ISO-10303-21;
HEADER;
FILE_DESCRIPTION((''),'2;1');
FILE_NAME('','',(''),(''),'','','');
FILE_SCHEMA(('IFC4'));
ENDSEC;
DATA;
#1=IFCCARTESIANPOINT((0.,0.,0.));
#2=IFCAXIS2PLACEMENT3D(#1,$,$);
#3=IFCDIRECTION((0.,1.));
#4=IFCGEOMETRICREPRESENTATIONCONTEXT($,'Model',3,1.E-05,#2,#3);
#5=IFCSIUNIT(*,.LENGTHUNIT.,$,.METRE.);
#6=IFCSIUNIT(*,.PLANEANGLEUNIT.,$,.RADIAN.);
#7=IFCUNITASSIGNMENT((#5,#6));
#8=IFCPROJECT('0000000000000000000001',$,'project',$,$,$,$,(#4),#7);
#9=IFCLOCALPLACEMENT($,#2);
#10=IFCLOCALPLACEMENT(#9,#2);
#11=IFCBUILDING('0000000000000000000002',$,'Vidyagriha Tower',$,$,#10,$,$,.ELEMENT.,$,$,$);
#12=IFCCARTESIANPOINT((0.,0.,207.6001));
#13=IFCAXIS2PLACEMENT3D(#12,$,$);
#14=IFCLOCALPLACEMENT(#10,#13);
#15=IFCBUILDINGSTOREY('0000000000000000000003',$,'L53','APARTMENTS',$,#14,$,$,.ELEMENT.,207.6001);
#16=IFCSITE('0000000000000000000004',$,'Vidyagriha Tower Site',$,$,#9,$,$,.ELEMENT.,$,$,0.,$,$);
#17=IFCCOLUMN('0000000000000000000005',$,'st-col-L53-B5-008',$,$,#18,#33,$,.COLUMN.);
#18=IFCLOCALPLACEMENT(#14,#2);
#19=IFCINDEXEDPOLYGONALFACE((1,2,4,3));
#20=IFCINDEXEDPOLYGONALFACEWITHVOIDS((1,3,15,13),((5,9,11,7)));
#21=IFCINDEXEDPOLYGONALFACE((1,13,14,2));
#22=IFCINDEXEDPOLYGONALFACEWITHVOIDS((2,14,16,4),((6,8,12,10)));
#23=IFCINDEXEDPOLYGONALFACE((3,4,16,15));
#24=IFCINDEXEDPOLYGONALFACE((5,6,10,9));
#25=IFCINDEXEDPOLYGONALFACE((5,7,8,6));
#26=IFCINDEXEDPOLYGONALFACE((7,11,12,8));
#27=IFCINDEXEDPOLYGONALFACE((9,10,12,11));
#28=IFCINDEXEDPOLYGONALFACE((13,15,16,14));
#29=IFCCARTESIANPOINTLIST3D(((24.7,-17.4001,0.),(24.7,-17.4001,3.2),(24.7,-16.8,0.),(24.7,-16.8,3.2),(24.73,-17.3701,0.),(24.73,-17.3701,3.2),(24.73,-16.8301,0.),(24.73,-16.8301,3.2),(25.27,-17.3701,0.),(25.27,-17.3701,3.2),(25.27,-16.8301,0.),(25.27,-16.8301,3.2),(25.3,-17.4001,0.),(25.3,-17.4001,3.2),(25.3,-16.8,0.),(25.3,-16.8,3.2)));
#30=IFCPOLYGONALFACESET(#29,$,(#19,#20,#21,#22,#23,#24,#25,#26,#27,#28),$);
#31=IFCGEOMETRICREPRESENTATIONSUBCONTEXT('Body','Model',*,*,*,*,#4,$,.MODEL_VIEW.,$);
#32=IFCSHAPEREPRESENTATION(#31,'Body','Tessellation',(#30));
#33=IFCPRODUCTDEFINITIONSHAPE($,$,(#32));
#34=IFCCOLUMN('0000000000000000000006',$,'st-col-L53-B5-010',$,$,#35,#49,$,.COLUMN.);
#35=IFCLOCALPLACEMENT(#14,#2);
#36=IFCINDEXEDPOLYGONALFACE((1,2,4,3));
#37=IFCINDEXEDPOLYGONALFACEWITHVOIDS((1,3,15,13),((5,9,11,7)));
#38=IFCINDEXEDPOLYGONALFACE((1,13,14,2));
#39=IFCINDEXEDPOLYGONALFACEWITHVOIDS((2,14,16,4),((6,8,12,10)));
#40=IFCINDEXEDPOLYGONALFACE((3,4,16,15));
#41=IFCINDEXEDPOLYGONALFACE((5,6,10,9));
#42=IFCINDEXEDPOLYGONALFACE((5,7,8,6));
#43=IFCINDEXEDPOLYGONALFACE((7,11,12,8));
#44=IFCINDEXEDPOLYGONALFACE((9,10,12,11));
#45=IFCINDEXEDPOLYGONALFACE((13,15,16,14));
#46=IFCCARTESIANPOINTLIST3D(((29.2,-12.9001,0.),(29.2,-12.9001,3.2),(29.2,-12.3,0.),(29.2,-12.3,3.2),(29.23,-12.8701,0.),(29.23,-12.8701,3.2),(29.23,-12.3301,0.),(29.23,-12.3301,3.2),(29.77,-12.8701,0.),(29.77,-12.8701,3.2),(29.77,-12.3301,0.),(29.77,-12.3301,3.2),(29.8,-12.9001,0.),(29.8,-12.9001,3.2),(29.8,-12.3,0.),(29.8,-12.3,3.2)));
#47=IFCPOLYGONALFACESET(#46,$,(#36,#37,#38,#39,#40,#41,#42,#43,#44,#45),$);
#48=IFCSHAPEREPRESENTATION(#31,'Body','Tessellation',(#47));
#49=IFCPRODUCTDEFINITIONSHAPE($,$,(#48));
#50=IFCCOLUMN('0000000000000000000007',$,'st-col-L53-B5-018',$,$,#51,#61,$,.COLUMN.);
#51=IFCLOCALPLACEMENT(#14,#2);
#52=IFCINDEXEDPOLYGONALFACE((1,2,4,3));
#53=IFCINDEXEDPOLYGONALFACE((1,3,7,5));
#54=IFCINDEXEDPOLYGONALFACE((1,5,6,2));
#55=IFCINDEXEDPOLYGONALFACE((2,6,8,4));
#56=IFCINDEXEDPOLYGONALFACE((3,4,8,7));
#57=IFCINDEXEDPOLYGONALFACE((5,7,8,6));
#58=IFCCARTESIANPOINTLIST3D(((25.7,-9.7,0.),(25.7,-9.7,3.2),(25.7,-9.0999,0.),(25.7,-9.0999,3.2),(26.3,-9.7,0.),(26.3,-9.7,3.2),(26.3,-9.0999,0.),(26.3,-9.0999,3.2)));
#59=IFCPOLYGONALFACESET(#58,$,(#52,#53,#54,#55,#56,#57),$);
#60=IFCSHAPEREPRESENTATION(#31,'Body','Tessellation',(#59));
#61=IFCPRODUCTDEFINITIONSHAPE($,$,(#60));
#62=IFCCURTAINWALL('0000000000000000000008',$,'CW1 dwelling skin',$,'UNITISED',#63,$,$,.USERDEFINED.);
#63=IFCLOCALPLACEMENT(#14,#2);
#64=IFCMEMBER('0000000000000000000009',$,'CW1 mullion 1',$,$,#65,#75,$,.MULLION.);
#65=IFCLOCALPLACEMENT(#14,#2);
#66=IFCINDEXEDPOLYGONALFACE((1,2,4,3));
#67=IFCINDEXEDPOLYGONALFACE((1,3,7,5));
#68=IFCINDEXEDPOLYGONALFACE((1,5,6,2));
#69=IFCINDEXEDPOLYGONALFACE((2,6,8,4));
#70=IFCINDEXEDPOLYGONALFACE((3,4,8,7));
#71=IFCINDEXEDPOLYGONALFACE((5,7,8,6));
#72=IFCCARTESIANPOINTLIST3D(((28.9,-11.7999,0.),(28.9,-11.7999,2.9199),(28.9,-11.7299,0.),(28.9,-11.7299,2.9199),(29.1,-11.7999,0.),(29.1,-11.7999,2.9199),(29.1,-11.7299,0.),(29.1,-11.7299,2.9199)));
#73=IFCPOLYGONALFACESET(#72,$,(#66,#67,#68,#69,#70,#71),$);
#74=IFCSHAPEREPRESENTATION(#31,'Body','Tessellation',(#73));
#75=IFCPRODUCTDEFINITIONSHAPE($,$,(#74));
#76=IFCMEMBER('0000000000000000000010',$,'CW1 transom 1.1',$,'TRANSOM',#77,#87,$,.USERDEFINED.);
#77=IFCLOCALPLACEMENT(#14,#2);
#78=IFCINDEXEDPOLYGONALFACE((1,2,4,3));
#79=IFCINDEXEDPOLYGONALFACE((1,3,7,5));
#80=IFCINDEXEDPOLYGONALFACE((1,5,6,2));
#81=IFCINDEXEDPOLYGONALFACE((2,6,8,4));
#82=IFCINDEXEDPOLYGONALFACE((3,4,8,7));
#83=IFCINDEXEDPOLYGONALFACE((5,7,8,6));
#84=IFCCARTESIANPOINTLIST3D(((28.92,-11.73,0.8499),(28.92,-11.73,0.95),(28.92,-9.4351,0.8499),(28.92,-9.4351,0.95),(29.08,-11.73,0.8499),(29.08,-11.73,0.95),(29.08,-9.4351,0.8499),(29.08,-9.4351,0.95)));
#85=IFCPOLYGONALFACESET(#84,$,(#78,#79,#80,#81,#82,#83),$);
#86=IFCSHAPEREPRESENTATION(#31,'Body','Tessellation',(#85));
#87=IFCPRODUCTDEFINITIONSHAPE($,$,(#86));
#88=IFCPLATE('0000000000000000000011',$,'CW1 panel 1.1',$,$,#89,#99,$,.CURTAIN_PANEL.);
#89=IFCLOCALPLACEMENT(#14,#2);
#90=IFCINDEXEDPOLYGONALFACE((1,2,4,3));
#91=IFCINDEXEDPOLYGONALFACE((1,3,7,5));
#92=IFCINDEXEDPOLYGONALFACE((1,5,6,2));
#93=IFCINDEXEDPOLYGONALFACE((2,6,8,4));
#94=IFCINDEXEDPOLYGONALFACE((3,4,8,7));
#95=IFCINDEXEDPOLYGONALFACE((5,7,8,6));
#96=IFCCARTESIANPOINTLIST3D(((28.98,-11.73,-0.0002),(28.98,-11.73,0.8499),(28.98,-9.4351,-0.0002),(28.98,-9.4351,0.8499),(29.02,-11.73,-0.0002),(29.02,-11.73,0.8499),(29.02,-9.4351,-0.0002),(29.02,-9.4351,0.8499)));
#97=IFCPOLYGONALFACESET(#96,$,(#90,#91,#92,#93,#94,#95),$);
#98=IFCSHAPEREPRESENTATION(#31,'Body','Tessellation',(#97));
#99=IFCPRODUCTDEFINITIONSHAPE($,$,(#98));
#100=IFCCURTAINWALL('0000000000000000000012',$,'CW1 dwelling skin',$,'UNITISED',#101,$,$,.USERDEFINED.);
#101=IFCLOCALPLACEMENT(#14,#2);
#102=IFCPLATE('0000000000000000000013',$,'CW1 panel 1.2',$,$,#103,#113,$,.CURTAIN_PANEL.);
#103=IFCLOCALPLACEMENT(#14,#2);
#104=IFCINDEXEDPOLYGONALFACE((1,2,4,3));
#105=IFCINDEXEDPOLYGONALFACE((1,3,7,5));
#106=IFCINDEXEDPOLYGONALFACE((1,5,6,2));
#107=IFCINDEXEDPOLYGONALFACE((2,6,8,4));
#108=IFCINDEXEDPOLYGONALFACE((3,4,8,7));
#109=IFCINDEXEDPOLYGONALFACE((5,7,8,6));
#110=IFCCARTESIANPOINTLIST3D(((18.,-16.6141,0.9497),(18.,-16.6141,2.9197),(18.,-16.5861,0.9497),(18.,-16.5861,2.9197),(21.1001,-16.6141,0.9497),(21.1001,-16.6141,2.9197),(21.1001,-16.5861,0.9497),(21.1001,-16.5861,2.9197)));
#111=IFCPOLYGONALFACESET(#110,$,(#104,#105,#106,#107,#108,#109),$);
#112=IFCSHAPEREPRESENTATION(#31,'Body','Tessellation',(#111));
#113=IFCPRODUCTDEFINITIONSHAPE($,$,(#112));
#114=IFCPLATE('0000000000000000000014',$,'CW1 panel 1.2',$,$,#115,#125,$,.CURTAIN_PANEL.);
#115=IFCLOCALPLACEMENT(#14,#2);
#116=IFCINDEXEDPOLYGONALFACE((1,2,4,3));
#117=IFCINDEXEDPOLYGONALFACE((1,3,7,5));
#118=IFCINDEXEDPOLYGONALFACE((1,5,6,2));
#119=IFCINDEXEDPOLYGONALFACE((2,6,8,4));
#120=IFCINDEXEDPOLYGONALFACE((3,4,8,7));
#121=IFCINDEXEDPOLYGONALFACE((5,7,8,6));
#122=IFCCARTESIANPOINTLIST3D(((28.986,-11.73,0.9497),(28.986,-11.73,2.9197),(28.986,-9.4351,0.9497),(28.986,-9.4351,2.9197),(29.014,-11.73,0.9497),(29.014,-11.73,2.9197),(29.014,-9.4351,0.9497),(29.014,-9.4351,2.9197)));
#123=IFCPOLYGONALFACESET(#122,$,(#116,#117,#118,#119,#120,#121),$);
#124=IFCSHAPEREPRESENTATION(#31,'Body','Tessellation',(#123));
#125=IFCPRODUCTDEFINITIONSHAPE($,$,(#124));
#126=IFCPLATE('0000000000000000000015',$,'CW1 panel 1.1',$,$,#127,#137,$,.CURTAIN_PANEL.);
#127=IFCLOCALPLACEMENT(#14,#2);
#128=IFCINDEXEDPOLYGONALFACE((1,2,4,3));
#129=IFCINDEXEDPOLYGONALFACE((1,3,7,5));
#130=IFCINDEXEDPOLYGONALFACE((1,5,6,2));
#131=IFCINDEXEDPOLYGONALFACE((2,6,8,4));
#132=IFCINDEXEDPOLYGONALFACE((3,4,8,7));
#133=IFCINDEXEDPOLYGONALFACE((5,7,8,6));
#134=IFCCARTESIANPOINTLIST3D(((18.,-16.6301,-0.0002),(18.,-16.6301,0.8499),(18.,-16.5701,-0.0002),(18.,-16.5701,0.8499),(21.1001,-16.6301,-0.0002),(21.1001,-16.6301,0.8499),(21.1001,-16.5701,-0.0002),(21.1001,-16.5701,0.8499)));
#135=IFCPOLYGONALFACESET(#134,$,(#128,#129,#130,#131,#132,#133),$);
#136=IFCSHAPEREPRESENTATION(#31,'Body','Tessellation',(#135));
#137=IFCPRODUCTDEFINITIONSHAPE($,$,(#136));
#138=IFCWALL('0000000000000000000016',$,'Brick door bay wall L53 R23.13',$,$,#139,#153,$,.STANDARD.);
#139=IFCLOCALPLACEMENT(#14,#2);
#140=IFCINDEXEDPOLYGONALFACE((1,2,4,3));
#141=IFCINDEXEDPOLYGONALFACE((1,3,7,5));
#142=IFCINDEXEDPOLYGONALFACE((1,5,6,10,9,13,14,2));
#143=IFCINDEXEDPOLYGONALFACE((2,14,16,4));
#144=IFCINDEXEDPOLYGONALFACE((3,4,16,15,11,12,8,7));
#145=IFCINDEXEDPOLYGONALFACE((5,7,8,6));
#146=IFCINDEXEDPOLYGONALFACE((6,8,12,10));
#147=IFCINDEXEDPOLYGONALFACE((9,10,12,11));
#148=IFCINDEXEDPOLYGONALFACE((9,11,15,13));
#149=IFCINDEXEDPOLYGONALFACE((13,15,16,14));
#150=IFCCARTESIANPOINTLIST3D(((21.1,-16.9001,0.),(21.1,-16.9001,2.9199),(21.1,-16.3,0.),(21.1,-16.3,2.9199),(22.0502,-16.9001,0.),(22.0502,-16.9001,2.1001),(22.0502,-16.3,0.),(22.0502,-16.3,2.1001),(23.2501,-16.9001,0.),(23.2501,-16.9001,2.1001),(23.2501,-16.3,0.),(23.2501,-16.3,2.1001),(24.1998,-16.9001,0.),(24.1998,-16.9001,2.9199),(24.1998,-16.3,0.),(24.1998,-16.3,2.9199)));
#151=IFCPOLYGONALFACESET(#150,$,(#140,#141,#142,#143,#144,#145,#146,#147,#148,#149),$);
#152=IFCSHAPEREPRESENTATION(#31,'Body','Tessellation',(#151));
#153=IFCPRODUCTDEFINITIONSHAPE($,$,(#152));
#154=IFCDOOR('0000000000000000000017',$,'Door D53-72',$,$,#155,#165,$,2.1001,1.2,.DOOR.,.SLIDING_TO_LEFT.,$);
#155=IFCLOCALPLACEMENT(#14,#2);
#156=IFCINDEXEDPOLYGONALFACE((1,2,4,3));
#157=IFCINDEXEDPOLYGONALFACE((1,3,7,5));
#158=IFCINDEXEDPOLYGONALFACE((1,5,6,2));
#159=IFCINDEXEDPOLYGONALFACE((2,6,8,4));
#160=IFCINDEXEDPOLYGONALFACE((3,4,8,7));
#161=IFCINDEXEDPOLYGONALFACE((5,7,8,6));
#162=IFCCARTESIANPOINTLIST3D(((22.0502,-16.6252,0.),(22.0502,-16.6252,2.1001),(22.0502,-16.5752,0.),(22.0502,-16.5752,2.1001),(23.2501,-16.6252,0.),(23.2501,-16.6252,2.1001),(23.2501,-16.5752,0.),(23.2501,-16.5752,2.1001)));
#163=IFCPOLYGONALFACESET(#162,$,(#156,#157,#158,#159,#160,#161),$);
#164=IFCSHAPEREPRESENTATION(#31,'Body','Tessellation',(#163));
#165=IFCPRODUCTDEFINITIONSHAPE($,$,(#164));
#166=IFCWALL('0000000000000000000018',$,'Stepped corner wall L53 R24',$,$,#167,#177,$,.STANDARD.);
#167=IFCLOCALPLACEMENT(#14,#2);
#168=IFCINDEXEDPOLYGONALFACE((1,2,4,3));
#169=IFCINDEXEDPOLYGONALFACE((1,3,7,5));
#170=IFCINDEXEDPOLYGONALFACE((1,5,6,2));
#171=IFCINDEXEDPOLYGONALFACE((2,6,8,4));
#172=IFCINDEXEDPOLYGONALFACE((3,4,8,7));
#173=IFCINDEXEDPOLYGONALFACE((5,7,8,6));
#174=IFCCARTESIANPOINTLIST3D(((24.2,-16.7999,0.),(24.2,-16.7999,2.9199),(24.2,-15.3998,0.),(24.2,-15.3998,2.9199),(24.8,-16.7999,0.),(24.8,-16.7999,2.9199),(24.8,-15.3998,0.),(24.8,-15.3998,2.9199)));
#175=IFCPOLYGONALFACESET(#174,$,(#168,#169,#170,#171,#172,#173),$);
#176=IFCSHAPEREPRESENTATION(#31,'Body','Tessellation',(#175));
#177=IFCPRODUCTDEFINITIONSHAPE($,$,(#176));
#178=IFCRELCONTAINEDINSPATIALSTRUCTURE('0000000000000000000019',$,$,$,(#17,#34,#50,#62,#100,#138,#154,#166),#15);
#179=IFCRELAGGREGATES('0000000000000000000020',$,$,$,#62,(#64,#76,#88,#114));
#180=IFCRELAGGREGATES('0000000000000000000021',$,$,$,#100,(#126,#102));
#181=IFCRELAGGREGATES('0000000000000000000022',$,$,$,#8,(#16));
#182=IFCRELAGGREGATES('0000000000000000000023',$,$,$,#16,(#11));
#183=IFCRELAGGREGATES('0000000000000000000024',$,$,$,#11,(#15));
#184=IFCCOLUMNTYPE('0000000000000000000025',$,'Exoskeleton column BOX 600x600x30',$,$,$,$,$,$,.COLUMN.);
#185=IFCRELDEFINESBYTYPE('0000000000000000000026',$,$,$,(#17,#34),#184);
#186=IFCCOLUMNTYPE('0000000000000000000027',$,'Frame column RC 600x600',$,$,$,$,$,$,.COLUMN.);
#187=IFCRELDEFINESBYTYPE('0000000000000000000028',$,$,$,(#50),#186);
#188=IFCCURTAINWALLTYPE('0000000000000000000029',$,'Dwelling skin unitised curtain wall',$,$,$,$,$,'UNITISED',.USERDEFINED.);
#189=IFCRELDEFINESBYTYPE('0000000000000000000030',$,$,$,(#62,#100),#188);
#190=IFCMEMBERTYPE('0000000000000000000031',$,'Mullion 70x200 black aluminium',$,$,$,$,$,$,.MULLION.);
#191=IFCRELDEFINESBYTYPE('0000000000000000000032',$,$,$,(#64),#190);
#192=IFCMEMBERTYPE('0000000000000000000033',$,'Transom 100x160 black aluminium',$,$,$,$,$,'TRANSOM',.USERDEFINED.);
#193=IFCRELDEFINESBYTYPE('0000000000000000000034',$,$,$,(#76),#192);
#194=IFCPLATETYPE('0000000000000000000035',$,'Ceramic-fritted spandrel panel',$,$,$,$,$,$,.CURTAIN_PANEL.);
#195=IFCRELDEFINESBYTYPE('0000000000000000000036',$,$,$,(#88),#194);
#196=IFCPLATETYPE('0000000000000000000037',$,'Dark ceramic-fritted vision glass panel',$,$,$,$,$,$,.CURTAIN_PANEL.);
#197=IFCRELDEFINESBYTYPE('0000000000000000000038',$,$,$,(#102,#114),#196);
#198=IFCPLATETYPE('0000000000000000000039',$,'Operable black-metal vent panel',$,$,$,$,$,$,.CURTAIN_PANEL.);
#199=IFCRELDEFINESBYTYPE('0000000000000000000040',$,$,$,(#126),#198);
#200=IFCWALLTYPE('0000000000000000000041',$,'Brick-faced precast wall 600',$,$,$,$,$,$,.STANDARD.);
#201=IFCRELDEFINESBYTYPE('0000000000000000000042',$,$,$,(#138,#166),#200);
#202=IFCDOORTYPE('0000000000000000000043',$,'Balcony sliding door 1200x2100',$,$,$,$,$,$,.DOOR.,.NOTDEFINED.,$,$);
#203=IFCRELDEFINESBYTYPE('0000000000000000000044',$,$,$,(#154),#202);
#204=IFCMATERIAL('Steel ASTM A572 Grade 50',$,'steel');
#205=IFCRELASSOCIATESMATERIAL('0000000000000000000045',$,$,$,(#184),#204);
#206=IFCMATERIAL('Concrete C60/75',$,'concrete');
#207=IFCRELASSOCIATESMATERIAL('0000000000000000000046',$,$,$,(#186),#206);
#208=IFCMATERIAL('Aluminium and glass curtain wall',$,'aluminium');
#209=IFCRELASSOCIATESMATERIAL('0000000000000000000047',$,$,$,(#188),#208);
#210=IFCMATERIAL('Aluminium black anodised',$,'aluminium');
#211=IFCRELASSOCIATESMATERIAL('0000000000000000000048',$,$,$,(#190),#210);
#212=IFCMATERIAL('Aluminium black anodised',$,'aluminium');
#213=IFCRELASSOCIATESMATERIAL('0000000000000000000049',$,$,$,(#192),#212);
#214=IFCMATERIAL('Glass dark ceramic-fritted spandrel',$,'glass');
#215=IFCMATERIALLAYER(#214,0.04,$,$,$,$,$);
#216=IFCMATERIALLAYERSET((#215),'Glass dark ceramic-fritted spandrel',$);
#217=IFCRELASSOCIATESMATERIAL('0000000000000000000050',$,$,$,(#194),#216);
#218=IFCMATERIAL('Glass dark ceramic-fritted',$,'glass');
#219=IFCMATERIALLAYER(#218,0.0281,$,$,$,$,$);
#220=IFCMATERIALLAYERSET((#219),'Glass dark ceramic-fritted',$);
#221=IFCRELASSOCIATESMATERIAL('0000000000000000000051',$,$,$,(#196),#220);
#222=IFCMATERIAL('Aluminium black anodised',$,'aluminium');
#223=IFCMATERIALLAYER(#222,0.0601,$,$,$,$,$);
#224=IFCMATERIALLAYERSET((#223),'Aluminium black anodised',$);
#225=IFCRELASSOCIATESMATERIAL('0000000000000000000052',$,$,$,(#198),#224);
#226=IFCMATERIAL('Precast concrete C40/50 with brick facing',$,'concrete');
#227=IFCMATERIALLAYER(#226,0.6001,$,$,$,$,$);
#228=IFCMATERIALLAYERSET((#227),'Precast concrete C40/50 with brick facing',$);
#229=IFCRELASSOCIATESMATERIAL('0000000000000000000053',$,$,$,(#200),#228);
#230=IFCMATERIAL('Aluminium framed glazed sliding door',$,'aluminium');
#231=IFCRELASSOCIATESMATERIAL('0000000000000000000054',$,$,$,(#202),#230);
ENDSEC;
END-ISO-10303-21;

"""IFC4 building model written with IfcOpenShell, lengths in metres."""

from ifc_helpers import new_model, si_unit, direction, frame, frame_2d, origin, origin_2d, place, context, subcontext, project, spatial, rectangle, hollow_rectangle, extrude, material, layer, layer_set, material_profile, profile_set, type_object, element, fill, aggregate, save


model = new_model("IFC4")

# Units and contexts
model_context = context("Model", 3, precision=1e-05, world=origin(), true_north=direction((0.0, 1.0)))
body_context = subcontext(model_context, "Body", "Model", "MODEL_VIEW")
ifc_project = project(units=[si_unit("LENGTHUNIT", "METRE"), si_unit("PLANEANGLEUNIT", "RADIAN")], contexts=[model_context])

# Site, building, storey
site_placement = place(None, origin())
site = spatial("IfcSite", under=ifc_project, at=site_placement, Name="Vidyagriha Tower Site", CompositionType="ELEMENT", RefElevation=0.0)
building_placement = place(site_placement, origin())
building = spatial("IfcBuilding", under=site, at=building_placement, Name="Vidyagriha Tower", CompositionType="ELEMENT")
storey_placement = place(building_placement, frame((0.0, 0.0, 207.6001)))
storey = spatial("IfcBuildingStorey", under=building, at=storey_placement, Name="L53", Description="APARTMENTS", CompositionType="ELEMENT", Elevation=207.6001)

# Columns
ifc_material_1 = material(Name="Steel ASTM A572 Grade 50", Category="steel")
ifc_material_profile_1 = material_profile(ifc_material_1, hollow_rectangle(XDim=0.6001, YDim=0.6001, WallThickness=0.03, at=origin_2d()), Name="BOX 600x600x30")
ifc_profile_set_1 = profile_set([ifc_material_profile_1], Name="Steel ASTM A572 Grade 50")
column_type_1 = type_object("IfcColumnType", Name="Exoskeleton column BOX 600x600x30", PredefinedType="COLUMN", material=ifc_profile_set_1)
for number, where, name in (
    (1, (25.0, -17.1001, 0.0), "st-col-L53-B5-008"),
    (2, (29.5, -12.6001, 0.0), "st-col-L53-B5-010"),
):
    element("IfcColumn", number, at=place(storey_placement, frame(where)), inside=storey, type_object=column_type_1, Name=name, PredefinedType="COLUMN", context=body_context, shape_type="SweptSolid", body=[
        extrude(hollow_rectangle(XDim=0.6001, YDim=0.6001, WallThickness=0.03, at=origin_2d()), origin(), (0.0, 0.0, 1.0), 3.2),
    ])
ifc_material_2 = material(Name="Concrete C60/75", Category="concrete")
ifc_material_profile_2 = material_profile(ifc_material_2, rectangle(XDim=0.6001, YDim=0.6001, at=origin_2d()), Name="RC 600x600")
ifc_profile_set_2 = profile_set([ifc_material_profile_2], Name="Concrete C60/75")
column_type_2 = type_object("IfcColumnType", Name="Frame column RC 600x600", PredefinedType="COLUMN", material=ifc_profile_set_2)
column_placement = place(storey_placement, frame((26.0, -9.3999, 0.0)))
element("IfcColumn", 3, at=column_placement, inside=storey, type_object=column_type_2, Name="st-col-L53-B5-018", PredefinedType="COLUMN", context=body_context, shape_type="SweptSolid", body=[
    extrude(rectangle(XDim=0.6001, YDim=0.6001, at=origin_2d()), origin(), (0.0, 0.0, 1.0), 3.2),
])

# Curtain wall, members, plate
ifc_material_3 = material(Name="Aluminium and glass curtain wall", Category="aluminium")
curtain_wall_type = type_object("IfcCurtainWallType", Name="Dwelling skin unitised curtain wall", ElementType="UNITISED", PredefinedType="USERDEFINED", material=ifc_material_3)
curtain_wall_1_placement = place(storey_placement, origin())
curtain_wall_1 = element("IfcCurtainWall", 4, at=curtain_wall_1_placement, inside=storey, type_object=curtain_wall_type, Name="CW1 dwelling skin", ObjectType="UNITISED", PredefinedType="USERDEFINED")
ifc_material_4 = material(Name="Aluminium black anodised", Category="aluminium")
ifc_material_profile_3 = material_profile(ifc_material_4, rectangle(XDim=0.2, YDim=0.0701, at=origin_2d()), Name="Mullion 70x200 black aluminium")
ifc_profile_set_3 = profile_set([ifc_material_profile_3], Name="Aluminium black anodised")
member_type_1 = type_object("IfcMemberType", Name="Mullion 70x200 black aluminium", PredefinedType="MULLION", material=ifc_profile_set_3)
member_1_placement = place(storey_placement, frame((29.0, -11.7649, 0.0), z_axis=(0.0, 0.0, 1.0), x_axis=(-1.0, 0.0, 0.0)))
member_1 = element("IfcMember", 5, at=member_1_placement, type_object=member_type_1, Name="CW1 mullion 1", PredefinedType="MULLION", context=body_context, shape_type="SweptSolid", body=[
    extrude(rectangle(XDim=0.2, YDim=0.0701, at=origin_2d()), origin(), (0.0, 0.0, 1.0), 2.9199),
])
ifc_material_5 = material(Name="Aluminium black anodised", Category="aluminium")
ifc_material_profile_4 = material_profile(ifc_material_5, rectangle(XDim=0.1599, YDim=0.1001, at=origin_2d()), Name="Transom 100x160 black aluminium")
ifc_profile_set_4 = profile_set([ifc_material_profile_4], Name="Aluminium black anodised")
member_type_2 = type_object("IfcMemberType", Name="Transom 100x160 black aluminium", ElementType="TRANSOM", PredefinedType="USERDEFINED", material=ifc_profile_set_4)
member_2_placement = place(storey_placement, frame((29.0, -11.73, 0.8999), z_axis=(0.0, 1.0, 0.0), x_axis=(-1.0, 0.0, 0.0)))
member_2 = element("IfcMember", 6, at=member_2_placement, type_object=member_type_2, Name="CW1 transom 1.1", ObjectType="TRANSOM", PredefinedType="USERDEFINED", context=body_context, shape_type="SweptSolid", body=[
    extrude(rectangle(XDim=0.1599, YDim=0.1001, at=origin_2d()), origin(), (0.0, 0.0, 1.0), 2.2949),
])
ifc_material_6 = material(Name="Glass dark ceramic-fritted spandrel", Category="glass")
ifc_layer_1 = layer(ifc_material_6, 0.04)
ifc_layer_set_1 = layer_set([ifc_layer_1], Name="Glass dark ceramic-fritted spandrel")
plate_type_1 = type_object("IfcPlateType", Name="Ceramic-fritted spandrel panel", PredefinedType="CURTAIN_PANEL", material=ifc_layer_set_1)
plate_1_placement = place(storey_placement, frame((29.0, -10.5825, -0.0002), z_axis=(0.0, 0.0, 1.0), x_axis=(0.0, 1.0, 0.0)))
plate_1 = element("IfcPlate", 7, at=plate_1_placement, type_object=plate_type_1, Name="CW1 panel 1.1", PredefinedType="CURTAIN_PANEL", context=body_context, shape_type="SweptSolid", body=[
    extrude(rectangle(XDim=2.2949, YDim=0.04, at=origin_2d()), origin(), (0.0, 0.0, 1.0), 0.8501),
])

# Curtain wall, plate
curtain_wall_2_placement = place(storey_placement, origin())
curtain_wall_2 = element("IfcCurtainWall", 8, at=curtain_wall_2_placement, inside=storey, type_object=curtain_wall_type, Name="CW1 dwelling skin", ObjectType="UNITISED", PredefinedType="USERDEFINED")
ifc_material_7 = material(Name="Glass dark ceramic-fritted", Category="glass")
ifc_layer_2 = layer(ifc_material_7, 0.0281)
ifc_layer_set_2 = layer_set([ifc_layer_2], Name="Glass dark ceramic-fritted")
plate_type_2 = type_object("IfcPlateType", Name="Dark ceramic-fritted vision glass panel", PredefinedType="CURTAIN_PANEL", material=ifc_layer_set_2)
plate_2_placement = place(storey_placement, frame((19.55, -16.6001, 0.9497)))
plate_2 = element("IfcPlate", 9, at=plate_2_placement, type_object=plate_type_2, Name="CW1 panel 1.2", PredefinedType="CURTAIN_PANEL", context=body_context, shape_type="SweptSolid", body=[
    extrude(rectangle(XDim=3.1001, YDim=0.0281, at=origin_2d()), origin(), (0.0, 0.0, 1.0), 1.97),
])

# Plates
plate_3_placement = place(storey_placement, frame((29.0, -10.5825, 0.9497), z_axis=(0.0, 0.0, 1.0), x_axis=(0.0, 1.0, 0.0)))
plate_3 = element("IfcPlate", 10, at=plate_3_placement, type_object=plate_type_2, Name="CW1 panel 1.2", PredefinedType="CURTAIN_PANEL", context=body_context, shape_type="SweptSolid", body=[
    extrude(rectangle(XDim=2.2949, YDim=0.0281, at=origin_2d()), origin(), (0.0, 0.0, 1.0), 1.97),
])
aggregate(curtain_wall_1, [member_1, member_2, plate_1, plate_3])
ifc_material_8 = material(Name="Aluminium black anodised", Category="aluminium")
ifc_layer_3 = layer(ifc_material_8, 0.0601)
ifc_layer_set_3 = layer_set([ifc_layer_3], Name="Aluminium black anodised")
plate_type_3 = type_object("IfcPlateType", Name="Operable black-metal vent panel", PredefinedType="CURTAIN_PANEL", material=ifc_layer_set_3)
plate_4_placement = place(storey_placement, frame((19.55, -16.6001, -0.0002)))
plate_4 = element("IfcPlate", 11, at=plate_4_placement, type_object=plate_type_3, Name="CW1 panel 1.1", PredefinedType="CURTAIN_PANEL", context=body_context, shape_type="SweptSolid", body=[
    extrude(rectangle(XDim=3.1001, YDim=0.0601, at=origin_2d()), origin(), (0.0, 0.0, 1.0), 0.8501),
])
aggregate(curtain_wall_2, [plate_4, plate_2])

# Wall, opening, door
ifc_material_9 = material(Name="Precast concrete C40/50 with brick facing", Category="concrete")
ifc_layer_4 = layer(ifc_material_9, 0.6001)
ifc_layer_set_4 = layer_set([ifc_layer_4], Name="Precast concrete C40/50 with brick facing")
wall_type_1 = type_object("IfcWallType", Name="Brick-faced precast wall 600", PredefinedType="STANDARD", material=ifc_layer_set_4)
wall_1_placement = place(storey_placement, frame((21.1001, -16.6001, 0.0)))
wall_1 = element("IfcWall", 12, at=wall_1_placement, inside=storey, type_object=wall_type_1, Name="Brick door bay wall L53 R23.13", PredefinedType="STANDARD", context=body_context, shape_type="SweptSolid", body=[
    extrude(rectangle(XDim=3.0999, YDim=0.6001, at=frame_2d((1.5498, 0.0))), origin(), (0.0, 0.0, 1.0), 2.9199),
])
opening_1_placement = place(wall_1_placement, frame((0.95, 0.0, 0.0)))
opening_1 = element("IfcOpeningElement", 13, at=opening_1_placement, cuts=wall_1, PredefinedType="OPENING", context=body_context, shape_type="SweptSolid", body=[
    extrude(rectangle(XDim=1.2, YDim=2.1001, at=frame_2d((0.6001, 1.05))), frame((0.0, 0.3101, 0.0), z_axis=(0.0, -1.0, 0.0), x_axis=(1.0, 0.0, 0.0)), (0.0, 0.0, 1.0), 0.6201),
])
ifc_material_10 = material(Name="Aluminium framed glazed sliding door", Category="aluminium")
door_type_1 = type_object("IfcDoorType", Name="Balcony sliding door 1200x2100", OperationType="NOTDEFINED", PredefinedType="DOOR", material=ifc_material_10)
door_1_placement = place(opening_1_placement, origin())
door_1 = element("IfcDoor", 14, at=door_1_placement, inside=storey, type_object=door_type_1, Name="Door D53-72", OperationType="SLIDING_TO_LEFT", OverallHeight=2.1001, OverallWidth=1.2, PredefinedType="DOOR", context=body_context, shape_type="SweptSolid", body=[
    extrude(rectangle(XDim=1.2, YDim=2.1001, at=frame_2d((0.6001, 1.05))), frame((0.0, 0.0249, 0.0), z_axis=(0.0, -1.0, 0.0), x_axis=(1.0, 0.0, 0.0)), (0.0, 0.0, 1.0), 0.05),
])
fill(opening_1, door_1)

# Wall
wall_2_placement = place(storey_placement, frame((24.5, -16.8, 0.0), z_axis=(0.0, 0.0, 1.0), x_axis=(0.0, 1.0, 0.0)))
element("IfcWall", 15, at=wall_2_placement, inside=storey, type_object=wall_type_1, Name="Stepped corner wall L53 R24", PredefinedType="STANDARD", context=body_context, shape_type="SweptSolid", body=[
    extrude(rectangle(XDim=1.4001, YDim=0.6001, at=frame_2d((0.7002, 0.0))), origin(), (0.0, 0.0, 1.0), 2.9199),
])

save(model, "model.ifc")
